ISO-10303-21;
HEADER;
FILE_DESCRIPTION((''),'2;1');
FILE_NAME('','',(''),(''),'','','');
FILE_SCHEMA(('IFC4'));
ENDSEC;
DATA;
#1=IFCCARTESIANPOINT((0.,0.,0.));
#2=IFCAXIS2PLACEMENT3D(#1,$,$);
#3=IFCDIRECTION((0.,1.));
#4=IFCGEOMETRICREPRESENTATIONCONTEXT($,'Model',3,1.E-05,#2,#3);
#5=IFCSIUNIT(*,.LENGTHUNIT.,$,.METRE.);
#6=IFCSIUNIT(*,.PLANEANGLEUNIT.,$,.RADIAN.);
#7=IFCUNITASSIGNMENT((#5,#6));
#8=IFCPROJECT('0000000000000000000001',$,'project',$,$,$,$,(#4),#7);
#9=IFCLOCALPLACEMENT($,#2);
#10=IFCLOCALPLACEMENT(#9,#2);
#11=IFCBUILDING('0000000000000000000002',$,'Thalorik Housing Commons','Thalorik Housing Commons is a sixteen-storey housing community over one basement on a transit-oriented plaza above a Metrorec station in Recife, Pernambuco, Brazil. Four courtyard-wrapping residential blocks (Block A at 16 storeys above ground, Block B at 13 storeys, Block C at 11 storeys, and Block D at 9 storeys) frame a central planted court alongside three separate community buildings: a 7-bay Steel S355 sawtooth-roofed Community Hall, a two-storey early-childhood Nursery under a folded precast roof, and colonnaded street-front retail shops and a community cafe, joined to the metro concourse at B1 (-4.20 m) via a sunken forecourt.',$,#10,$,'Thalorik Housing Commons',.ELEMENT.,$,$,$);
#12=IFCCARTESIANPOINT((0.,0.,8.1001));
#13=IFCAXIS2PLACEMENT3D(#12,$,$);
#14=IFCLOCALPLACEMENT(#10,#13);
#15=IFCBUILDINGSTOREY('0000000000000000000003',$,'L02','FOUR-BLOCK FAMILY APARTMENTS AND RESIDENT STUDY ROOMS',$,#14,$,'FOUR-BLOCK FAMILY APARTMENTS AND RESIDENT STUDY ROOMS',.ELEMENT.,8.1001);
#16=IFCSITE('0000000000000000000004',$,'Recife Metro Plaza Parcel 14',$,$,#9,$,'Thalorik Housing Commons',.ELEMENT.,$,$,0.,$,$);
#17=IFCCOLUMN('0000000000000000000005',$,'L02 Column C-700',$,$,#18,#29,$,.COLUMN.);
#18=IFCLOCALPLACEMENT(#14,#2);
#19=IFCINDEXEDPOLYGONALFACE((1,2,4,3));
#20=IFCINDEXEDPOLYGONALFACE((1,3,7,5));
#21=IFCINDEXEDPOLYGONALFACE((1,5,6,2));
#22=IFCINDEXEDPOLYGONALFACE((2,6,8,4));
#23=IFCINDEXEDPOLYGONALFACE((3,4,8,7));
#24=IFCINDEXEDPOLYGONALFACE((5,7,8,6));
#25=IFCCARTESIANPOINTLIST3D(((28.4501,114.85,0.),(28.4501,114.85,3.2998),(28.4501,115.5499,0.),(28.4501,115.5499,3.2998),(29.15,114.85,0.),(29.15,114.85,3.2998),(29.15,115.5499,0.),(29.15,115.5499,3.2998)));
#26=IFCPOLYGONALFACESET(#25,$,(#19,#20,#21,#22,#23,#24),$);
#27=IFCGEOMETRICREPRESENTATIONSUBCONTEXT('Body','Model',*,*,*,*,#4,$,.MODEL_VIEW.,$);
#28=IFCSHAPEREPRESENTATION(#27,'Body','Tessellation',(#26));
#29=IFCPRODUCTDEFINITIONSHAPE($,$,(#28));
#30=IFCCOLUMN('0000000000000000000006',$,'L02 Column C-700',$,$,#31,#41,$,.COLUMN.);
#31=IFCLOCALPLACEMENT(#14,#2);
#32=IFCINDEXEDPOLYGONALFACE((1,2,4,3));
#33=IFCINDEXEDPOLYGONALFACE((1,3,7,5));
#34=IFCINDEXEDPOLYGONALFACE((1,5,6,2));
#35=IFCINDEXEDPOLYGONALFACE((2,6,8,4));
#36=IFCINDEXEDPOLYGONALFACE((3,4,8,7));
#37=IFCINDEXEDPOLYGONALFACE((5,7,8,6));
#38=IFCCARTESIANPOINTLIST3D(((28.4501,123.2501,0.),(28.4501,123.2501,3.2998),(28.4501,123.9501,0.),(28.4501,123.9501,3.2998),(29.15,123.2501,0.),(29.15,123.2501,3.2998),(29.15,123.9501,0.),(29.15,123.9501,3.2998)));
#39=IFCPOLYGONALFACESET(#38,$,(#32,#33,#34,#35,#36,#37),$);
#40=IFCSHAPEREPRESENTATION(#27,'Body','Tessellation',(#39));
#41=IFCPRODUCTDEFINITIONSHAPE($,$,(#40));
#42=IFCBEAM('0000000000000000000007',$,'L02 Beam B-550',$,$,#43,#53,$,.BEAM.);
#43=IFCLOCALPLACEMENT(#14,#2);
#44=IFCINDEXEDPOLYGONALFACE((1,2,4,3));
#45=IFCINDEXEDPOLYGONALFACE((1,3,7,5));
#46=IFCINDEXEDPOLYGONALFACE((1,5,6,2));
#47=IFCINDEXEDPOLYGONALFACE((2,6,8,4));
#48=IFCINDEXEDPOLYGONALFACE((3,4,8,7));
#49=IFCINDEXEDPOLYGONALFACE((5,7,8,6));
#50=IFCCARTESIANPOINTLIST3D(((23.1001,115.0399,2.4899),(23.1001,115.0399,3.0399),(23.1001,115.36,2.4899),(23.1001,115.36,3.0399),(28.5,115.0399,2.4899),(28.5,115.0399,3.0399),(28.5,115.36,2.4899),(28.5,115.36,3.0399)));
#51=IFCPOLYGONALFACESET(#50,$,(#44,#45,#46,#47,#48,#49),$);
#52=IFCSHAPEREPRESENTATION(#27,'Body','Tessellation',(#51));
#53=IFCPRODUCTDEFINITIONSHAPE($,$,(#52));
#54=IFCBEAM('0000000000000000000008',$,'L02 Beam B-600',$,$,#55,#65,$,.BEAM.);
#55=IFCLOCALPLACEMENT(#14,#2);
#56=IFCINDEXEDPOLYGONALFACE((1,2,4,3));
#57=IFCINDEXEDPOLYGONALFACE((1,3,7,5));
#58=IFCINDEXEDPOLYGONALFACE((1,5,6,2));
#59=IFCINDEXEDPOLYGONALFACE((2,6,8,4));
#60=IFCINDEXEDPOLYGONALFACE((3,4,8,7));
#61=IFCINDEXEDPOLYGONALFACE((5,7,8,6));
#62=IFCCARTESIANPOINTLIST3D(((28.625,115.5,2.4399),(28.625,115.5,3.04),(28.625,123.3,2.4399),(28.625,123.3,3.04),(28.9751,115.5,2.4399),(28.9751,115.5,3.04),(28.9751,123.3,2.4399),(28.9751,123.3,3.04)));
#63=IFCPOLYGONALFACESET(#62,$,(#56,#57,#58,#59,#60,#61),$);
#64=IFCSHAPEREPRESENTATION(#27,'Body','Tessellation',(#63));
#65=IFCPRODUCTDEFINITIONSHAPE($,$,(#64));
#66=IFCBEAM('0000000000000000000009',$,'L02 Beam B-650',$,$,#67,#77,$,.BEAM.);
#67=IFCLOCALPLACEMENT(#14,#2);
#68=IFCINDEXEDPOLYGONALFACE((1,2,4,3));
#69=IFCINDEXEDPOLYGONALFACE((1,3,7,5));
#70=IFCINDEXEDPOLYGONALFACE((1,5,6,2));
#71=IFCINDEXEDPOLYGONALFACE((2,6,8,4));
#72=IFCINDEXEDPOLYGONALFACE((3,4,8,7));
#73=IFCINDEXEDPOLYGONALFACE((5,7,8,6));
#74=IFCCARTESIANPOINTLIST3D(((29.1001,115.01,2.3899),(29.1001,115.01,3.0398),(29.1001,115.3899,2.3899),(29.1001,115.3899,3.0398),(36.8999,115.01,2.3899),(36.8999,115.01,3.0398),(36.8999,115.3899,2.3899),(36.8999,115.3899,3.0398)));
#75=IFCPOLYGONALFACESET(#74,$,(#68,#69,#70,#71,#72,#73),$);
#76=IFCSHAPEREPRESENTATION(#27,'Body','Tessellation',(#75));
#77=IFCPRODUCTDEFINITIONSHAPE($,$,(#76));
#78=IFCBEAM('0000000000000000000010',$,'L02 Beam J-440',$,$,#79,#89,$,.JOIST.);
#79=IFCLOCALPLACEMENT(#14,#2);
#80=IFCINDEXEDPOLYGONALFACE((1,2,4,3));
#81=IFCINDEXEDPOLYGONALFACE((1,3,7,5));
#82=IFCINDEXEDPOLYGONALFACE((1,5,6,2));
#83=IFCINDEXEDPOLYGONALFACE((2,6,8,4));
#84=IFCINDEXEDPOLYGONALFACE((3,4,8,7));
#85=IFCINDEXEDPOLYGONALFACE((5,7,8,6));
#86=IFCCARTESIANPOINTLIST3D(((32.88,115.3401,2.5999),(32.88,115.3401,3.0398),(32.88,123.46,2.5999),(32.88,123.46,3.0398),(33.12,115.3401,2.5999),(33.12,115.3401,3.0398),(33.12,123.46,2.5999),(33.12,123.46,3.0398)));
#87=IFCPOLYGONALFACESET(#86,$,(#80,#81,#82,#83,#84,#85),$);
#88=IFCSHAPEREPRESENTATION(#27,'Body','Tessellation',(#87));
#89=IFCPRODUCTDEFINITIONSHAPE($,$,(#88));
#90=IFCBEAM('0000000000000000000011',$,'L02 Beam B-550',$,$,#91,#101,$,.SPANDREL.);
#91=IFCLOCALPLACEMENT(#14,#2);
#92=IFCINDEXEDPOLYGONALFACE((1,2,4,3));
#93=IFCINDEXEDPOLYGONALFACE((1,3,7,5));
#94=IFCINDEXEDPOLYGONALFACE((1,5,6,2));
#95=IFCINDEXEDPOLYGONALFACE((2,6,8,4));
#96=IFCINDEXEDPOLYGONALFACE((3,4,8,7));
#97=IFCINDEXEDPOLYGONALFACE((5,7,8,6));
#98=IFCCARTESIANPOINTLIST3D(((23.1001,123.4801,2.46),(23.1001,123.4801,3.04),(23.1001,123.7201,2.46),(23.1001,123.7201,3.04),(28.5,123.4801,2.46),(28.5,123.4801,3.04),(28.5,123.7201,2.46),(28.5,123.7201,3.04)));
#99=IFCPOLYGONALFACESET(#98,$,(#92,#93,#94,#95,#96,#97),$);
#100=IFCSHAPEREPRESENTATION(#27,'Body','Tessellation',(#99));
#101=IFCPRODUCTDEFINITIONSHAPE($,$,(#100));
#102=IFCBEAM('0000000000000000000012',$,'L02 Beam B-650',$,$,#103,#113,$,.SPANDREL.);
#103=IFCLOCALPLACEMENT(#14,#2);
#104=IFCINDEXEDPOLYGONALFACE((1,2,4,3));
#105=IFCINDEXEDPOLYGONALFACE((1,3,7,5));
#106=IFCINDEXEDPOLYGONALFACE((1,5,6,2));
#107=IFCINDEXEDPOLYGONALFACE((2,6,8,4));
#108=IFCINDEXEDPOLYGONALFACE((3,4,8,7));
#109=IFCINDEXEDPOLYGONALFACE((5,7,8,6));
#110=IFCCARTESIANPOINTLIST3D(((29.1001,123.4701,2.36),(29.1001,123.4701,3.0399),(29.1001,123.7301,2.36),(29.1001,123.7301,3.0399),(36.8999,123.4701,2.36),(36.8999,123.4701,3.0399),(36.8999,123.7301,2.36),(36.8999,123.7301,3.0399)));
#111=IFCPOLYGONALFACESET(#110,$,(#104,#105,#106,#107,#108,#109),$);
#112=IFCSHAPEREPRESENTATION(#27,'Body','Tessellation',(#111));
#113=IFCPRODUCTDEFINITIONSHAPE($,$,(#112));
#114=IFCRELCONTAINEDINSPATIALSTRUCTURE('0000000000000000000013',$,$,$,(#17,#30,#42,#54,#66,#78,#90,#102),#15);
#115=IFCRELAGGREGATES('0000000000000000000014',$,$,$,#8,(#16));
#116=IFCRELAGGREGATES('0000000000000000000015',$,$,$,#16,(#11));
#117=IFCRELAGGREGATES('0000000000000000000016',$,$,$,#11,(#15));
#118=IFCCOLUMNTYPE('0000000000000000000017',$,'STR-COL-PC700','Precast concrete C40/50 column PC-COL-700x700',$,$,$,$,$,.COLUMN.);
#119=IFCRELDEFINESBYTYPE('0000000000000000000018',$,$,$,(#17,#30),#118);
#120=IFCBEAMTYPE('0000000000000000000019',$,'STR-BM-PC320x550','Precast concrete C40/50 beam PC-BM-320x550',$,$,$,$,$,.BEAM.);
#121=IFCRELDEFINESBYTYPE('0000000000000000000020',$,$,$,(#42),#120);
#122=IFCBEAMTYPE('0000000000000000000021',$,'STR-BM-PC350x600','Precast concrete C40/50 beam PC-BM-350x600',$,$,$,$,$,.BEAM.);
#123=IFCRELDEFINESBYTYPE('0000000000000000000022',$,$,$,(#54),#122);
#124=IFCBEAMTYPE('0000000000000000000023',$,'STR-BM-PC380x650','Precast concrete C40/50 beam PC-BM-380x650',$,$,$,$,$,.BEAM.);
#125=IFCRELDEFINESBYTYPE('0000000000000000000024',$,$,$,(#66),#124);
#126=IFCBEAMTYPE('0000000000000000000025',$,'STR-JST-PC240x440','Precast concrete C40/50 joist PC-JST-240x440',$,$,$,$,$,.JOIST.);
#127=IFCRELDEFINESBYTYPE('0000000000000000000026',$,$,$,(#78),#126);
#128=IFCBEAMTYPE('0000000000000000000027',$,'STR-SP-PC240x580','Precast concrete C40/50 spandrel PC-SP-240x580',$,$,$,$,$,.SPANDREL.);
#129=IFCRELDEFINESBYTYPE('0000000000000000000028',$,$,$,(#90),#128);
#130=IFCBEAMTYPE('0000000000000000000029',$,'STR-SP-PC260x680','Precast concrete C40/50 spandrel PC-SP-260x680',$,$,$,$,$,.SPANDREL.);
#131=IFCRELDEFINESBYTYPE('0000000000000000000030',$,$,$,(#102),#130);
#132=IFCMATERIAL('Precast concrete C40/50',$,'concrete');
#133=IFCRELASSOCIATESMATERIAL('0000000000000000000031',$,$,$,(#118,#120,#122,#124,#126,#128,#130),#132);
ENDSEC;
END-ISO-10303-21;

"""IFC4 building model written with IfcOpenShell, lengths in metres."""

from ifc_helpers import new_model, si_unit, direction, frame, origin, origin_2d, place, context, subcontext, project, spatial, rectangle, extrude, material, material_profile, profile_set, type_object, element, save


model = new_model("IFC4")

# Units and contexts
model_context = context("Model", 3, precision=1e-05, world=origin(), true_north=direction((0.0, 1.0)))
body_context = subcontext(model_context, "Body", "Model", "MODEL_VIEW")
ifc_project = project(units=[si_unit("LENGTHUNIT", "METRE"), si_unit("PLANEANGLEUNIT", "RADIAN")], contexts=[model_context])

# Site, building, storey
site_placement = place(None, origin())
site = spatial("IfcSite", under=ifc_project, at=site_placement, Name="Recife Metro Plaza Parcel 14", LongName="Thalorik Housing Commons", CompositionType="ELEMENT", RefElevation=0.0)
building_placement = place(site_placement, origin())
building = spatial("IfcBuilding", under=site, at=building_placement, Name="Thalorik Housing Commons", Description="Thalorik Housing Commons is a sixteen-storey housing community over one basement on a transit-oriented plaza above a Metrorec station in Recife, Pernambuco, Brazil. Four courtyard-wrapping residential blocks (Block A at 16 storeys above ground, Block B at 13 storeys, Block C at 11 storeys, and Block D at 9 storeys) frame a central planted court alongside three separate community buildings: a 7-bay Steel S355 sawtooth-roofed Community Hall, a two-storey early-childhood Nursery under a folded precast roof, and colonnaded street-front retail shops and a community cafe, joined to the metro concourse at B1 (-4.20 m) via a sunken forecourt.", LongName="Thalorik Housing Commons", CompositionType="ELEMENT")
storey_placement = place(building_placement, frame((0.0, 0.0, 8.1001)))
storey = spatial("IfcBuildingStorey", under=building, at=storey_placement, Name="L02", Description="FOUR-BLOCK FAMILY APARTMENTS AND RESIDENT STUDY ROOMS", LongName="FOUR-BLOCK FAMILY APARTMENTS AND RESIDENT STUDY ROOMS", CompositionType="ELEMENT", Elevation=8.1001)

# Columns
ifc_material_1 = material(Name="Precast concrete C40/50", Category="concrete")
ifc_material_profile_1 = material_profile(ifc_material_1, rectangle(XDim=0.7, YDim=0.7, at=origin_2d()), Name="PC 700x700", Category="concrete")
ifc_profile_set_1 = profile_set([ifc_material_profile_1], Name="Precast concrete C40/50")
column_type = type_object("IfcColumnType", Name="STR-COL-PC700", Description="Precast concrete C40/50 column PC-COL-700x700", PredefinedType="COLUMN", material=ifc_profile_set_1)
for number, where, z_axis, x_axis, name in (
    (1, (28.8, 115.2, 0.0), (0.0, 0.0, 1.0), (1.0, 0.0, 0.0), "L02 Column C-700"),
    (2, (28.8, 123.6001, 0.0), (0.0, 0.0, 1.0), (1.0, 0.0, 0.0), "L02 Column C-700"),
):
    element("IfcColumn", number, at=place(storey_placement, frame(where, z_axis=z_axis, x_axis=x_axis)), inside=storey, type_object=column_type, Name=name, PredefinedType="COLUMN", context=body_context, shape_type="SweptSolid", body=[
        extrude(rectangle(XDim=0.7, YDim=0.7, at=origin_2d()), origin(), (0.0, 0.0, 1.0), 3.2998),
    ])

# Beams
ifc_material_profile_2 = material_profile(ifc_material_1, rectangle(XDim=0.3201, YDim=0.55, at=origin_2d()), Name="PC 320x550", Category="concrete")
ifc_profile_set_2 = profile_set([ifc_material_profile_2], Name="Precast concrete C40/50")
beam_type_1 = type_object("IfcBeamType", Name="STR-BM-PC320x550", Description="Precast concrete C40/50 beam PC-BM-320x550", PredefinedType="BEAM", material=ifc_profile_set_2)
beam_1_placement = place(storey_placement, frame((23.1001, 115.2, 2.7649), z_axis=(1.0, 0.0, 0.0), x_axis=(0.0, 1.0, 0.0)))
element("IfcBeam", 3, at=beam_1_placement, inside=storey, type_object=beam_type_1, Name="L02 Beam B-550", PredefinedType="BEAM", context=body_context, shape_type="SweptSolid", body=[
    extrude(rectangle(XDim=0.3201, YDim=0.55, at=origin_2d()), origin(), (0.0, 0.0, 1.0), 5.3999),
])
ifc_material_profile_3 = material_profile(ifc_material_1, rectangle(XDim=0.3501, YDim=0.6001, at=origin_2d()), Name="PC 350x600", Category="concrete")
ifc_profile_set_3 = profile_set([ifc_material_profile_3], Name="Precast concrete C40/50")
beam_type_2 = type_object("IfcBeamType", Name="STR-BM-PC350x600", Description="Precast concrete C40/50 beam PC-BM-350x600", PredefinedType="BEAM", material=ifc_profile_set_3)
beam_2_placement = place(storey_placement, frame((28.8, 115.5, 2.74), z_axis=(0.0, 1.0, 0.0), x_axis=(-1.0, 0.0, 0.0)))
element("IfcBeam", 4, at=beam_2_placement, inside=storey, type_object=beam_type_2, Name="L02 Beam B-600", PredefinedType="BEAM", context=body_context, shape_type="SweptSolid", body=[
    extrude(rectangle(XDim=0.3501, YDim=0.6001, at=origin_2d()), origin(), (0.0, 0.0, 1.0), 7.8),
])
ifc_material_profile_4 = material_profile(ifc_material_1, rectangle(XDim=0.3799, YDim=0.6499, at=origin_2d()), Name="PC 380x650", Category="concrete")
ifc_profile_set_4 = profile_set([ifc_material_profile_4], Name="Precast concrete C40/50")
beam_type_3 = type_object("IfcBeamType", Name="STR-BM-PC380x650", Description="Precast concrete C40/50 beam PC-BM-380x650", PredefinedType="BEAM", material=ifc_profile_set_4)
beam_3_placement = place(storey_placement, frame((29.1001, 115.2, 2.7148), z_axis=(1.0, 0.0, 0.0), x_axis=(0.0, 1.0, 0.0)))
element("IfcBeam", 5, at=beam_3_placement, inside=storey, type_object=beam_type_3, Name="L02 Beam B-650", PredefinedType="BEAM", context=body_context, shape_type="SweptSolid", body=[
    extrude(rectangle(XDim=0.3799, YDim=0.6499, at=origin_2d()), origin(), (0.0, 0.0, 1.0), 7.7998),
])
ifc_material_profile_5 = material_profile(ifc_material_1, rectangle(XDim=0.24, YDim=0.4399, at=origin_2d()), Name="PC JST 240x440", Category="concrete")
ifc_profile_set_5 = profile_set([ifc_material_profile_5], Name="Precast concrete C40/50")
beam_type_4 = type_object("IfcBeamType", Name="STR-JST-PC240x440", Description="Precast concrete C40/50 joist PC-JST-240x440", PredefinedType="JOIST", material=ifc_profile_set_5)
beam_4_placement = place(storey_placement, frame((33.0, 115.3401, 2.8198), z_axis=(0.0, 1.0, 0.0), x_axis=(-1.0, 0.0, 0.0)))
element("IfcBeam", 6, at=beam_4_placement, inside=storey, type_object=beam_type_4, Name="L02 Beam J-440", PredefinedType="JOIST", context=body_context, shape_type="SweptSolid", body=[
    extrude(rectangle(XDim=0.24, YDim=0.4399, at=origin_2d()), origin(), (0.0, 0.0, 1.0), 8.1199),
])
ifc_material_profile_6 = material_profile(ifc_material_1, rectangle(XDim=0.24, YDim=0.5801, at=origin_2d()), Name="PC SP 240x580", Category="concrete")
ifc_profile_set_6 = profile_set([ifc_material_profile_6], Name="Precast concrete C40/50")
beam_type_5 = type_object("IfcBeamType", Name="STR-SP-PC240x580", Description="Precast concrete C40/50 spandrel PC-SP-240x580", PredefinedType="SPANDREL", material=ifc_profile_set_6)
beam_5_placement = place(storey_placement, frame((23.1001, 123.6001, 2.75), z_axis=(1.0, 0.0, 0.0), x_axis=(0.0, 1.0, 0.0)))
element("IfcBeam", 7, at=beam_5_placement, inside=storey, type_object=beam_type_5, Name="L02 Beam B-550", PredefinedType="SPANDREL", context=body_context, shape_type="SweptSolid", body=[
    extrude(rectangle(XDim=0.24, YDim=0.5801, at=origin_2d()), origin(), (0.0, 0.0, 1.0), 5.3999),
])
ifc_material_profile_7 = material_profile(ifc_material_1, rectangle(XDim=0.26, YDim=0.6799, at=origin_2d()), Name="PC SP 260x680", Category="concrete")
ifc_profile_set_7 = profile_set([ifc_material_profile_7], Name="Precast concrete C40/50")
beam_type_6 = type_object("IfcBeamType", Name="STR-SP-PC260x680", Description="Precast concrete C40/50 spandrel PC-SP-260x680", PredefinedType="SPANDREL", material=ifc_profile_set_7)
beam_6_placement = place(storey_placement, frame((29.1001, 123.6001, 2.7), z_axis=(1.0, 0.0, 0.0), x_axis=(0.0, 1.0, 0.0)))
element("IfcBeam", 8, at=beam_6_placement, inside=storey, type_object=beam_type_6, Name="L02 Beam B-650", PredefinedType="SPANDREL", context=body_context, shape_type="SweptSolid", body=[
    extrude(rectangle(XDim=0.26, YDim=0.6799, at=origin_2d()), origin(), (0.0, 0.0, 1.0), 7.7998),
])

save(model, "model.ifc")
